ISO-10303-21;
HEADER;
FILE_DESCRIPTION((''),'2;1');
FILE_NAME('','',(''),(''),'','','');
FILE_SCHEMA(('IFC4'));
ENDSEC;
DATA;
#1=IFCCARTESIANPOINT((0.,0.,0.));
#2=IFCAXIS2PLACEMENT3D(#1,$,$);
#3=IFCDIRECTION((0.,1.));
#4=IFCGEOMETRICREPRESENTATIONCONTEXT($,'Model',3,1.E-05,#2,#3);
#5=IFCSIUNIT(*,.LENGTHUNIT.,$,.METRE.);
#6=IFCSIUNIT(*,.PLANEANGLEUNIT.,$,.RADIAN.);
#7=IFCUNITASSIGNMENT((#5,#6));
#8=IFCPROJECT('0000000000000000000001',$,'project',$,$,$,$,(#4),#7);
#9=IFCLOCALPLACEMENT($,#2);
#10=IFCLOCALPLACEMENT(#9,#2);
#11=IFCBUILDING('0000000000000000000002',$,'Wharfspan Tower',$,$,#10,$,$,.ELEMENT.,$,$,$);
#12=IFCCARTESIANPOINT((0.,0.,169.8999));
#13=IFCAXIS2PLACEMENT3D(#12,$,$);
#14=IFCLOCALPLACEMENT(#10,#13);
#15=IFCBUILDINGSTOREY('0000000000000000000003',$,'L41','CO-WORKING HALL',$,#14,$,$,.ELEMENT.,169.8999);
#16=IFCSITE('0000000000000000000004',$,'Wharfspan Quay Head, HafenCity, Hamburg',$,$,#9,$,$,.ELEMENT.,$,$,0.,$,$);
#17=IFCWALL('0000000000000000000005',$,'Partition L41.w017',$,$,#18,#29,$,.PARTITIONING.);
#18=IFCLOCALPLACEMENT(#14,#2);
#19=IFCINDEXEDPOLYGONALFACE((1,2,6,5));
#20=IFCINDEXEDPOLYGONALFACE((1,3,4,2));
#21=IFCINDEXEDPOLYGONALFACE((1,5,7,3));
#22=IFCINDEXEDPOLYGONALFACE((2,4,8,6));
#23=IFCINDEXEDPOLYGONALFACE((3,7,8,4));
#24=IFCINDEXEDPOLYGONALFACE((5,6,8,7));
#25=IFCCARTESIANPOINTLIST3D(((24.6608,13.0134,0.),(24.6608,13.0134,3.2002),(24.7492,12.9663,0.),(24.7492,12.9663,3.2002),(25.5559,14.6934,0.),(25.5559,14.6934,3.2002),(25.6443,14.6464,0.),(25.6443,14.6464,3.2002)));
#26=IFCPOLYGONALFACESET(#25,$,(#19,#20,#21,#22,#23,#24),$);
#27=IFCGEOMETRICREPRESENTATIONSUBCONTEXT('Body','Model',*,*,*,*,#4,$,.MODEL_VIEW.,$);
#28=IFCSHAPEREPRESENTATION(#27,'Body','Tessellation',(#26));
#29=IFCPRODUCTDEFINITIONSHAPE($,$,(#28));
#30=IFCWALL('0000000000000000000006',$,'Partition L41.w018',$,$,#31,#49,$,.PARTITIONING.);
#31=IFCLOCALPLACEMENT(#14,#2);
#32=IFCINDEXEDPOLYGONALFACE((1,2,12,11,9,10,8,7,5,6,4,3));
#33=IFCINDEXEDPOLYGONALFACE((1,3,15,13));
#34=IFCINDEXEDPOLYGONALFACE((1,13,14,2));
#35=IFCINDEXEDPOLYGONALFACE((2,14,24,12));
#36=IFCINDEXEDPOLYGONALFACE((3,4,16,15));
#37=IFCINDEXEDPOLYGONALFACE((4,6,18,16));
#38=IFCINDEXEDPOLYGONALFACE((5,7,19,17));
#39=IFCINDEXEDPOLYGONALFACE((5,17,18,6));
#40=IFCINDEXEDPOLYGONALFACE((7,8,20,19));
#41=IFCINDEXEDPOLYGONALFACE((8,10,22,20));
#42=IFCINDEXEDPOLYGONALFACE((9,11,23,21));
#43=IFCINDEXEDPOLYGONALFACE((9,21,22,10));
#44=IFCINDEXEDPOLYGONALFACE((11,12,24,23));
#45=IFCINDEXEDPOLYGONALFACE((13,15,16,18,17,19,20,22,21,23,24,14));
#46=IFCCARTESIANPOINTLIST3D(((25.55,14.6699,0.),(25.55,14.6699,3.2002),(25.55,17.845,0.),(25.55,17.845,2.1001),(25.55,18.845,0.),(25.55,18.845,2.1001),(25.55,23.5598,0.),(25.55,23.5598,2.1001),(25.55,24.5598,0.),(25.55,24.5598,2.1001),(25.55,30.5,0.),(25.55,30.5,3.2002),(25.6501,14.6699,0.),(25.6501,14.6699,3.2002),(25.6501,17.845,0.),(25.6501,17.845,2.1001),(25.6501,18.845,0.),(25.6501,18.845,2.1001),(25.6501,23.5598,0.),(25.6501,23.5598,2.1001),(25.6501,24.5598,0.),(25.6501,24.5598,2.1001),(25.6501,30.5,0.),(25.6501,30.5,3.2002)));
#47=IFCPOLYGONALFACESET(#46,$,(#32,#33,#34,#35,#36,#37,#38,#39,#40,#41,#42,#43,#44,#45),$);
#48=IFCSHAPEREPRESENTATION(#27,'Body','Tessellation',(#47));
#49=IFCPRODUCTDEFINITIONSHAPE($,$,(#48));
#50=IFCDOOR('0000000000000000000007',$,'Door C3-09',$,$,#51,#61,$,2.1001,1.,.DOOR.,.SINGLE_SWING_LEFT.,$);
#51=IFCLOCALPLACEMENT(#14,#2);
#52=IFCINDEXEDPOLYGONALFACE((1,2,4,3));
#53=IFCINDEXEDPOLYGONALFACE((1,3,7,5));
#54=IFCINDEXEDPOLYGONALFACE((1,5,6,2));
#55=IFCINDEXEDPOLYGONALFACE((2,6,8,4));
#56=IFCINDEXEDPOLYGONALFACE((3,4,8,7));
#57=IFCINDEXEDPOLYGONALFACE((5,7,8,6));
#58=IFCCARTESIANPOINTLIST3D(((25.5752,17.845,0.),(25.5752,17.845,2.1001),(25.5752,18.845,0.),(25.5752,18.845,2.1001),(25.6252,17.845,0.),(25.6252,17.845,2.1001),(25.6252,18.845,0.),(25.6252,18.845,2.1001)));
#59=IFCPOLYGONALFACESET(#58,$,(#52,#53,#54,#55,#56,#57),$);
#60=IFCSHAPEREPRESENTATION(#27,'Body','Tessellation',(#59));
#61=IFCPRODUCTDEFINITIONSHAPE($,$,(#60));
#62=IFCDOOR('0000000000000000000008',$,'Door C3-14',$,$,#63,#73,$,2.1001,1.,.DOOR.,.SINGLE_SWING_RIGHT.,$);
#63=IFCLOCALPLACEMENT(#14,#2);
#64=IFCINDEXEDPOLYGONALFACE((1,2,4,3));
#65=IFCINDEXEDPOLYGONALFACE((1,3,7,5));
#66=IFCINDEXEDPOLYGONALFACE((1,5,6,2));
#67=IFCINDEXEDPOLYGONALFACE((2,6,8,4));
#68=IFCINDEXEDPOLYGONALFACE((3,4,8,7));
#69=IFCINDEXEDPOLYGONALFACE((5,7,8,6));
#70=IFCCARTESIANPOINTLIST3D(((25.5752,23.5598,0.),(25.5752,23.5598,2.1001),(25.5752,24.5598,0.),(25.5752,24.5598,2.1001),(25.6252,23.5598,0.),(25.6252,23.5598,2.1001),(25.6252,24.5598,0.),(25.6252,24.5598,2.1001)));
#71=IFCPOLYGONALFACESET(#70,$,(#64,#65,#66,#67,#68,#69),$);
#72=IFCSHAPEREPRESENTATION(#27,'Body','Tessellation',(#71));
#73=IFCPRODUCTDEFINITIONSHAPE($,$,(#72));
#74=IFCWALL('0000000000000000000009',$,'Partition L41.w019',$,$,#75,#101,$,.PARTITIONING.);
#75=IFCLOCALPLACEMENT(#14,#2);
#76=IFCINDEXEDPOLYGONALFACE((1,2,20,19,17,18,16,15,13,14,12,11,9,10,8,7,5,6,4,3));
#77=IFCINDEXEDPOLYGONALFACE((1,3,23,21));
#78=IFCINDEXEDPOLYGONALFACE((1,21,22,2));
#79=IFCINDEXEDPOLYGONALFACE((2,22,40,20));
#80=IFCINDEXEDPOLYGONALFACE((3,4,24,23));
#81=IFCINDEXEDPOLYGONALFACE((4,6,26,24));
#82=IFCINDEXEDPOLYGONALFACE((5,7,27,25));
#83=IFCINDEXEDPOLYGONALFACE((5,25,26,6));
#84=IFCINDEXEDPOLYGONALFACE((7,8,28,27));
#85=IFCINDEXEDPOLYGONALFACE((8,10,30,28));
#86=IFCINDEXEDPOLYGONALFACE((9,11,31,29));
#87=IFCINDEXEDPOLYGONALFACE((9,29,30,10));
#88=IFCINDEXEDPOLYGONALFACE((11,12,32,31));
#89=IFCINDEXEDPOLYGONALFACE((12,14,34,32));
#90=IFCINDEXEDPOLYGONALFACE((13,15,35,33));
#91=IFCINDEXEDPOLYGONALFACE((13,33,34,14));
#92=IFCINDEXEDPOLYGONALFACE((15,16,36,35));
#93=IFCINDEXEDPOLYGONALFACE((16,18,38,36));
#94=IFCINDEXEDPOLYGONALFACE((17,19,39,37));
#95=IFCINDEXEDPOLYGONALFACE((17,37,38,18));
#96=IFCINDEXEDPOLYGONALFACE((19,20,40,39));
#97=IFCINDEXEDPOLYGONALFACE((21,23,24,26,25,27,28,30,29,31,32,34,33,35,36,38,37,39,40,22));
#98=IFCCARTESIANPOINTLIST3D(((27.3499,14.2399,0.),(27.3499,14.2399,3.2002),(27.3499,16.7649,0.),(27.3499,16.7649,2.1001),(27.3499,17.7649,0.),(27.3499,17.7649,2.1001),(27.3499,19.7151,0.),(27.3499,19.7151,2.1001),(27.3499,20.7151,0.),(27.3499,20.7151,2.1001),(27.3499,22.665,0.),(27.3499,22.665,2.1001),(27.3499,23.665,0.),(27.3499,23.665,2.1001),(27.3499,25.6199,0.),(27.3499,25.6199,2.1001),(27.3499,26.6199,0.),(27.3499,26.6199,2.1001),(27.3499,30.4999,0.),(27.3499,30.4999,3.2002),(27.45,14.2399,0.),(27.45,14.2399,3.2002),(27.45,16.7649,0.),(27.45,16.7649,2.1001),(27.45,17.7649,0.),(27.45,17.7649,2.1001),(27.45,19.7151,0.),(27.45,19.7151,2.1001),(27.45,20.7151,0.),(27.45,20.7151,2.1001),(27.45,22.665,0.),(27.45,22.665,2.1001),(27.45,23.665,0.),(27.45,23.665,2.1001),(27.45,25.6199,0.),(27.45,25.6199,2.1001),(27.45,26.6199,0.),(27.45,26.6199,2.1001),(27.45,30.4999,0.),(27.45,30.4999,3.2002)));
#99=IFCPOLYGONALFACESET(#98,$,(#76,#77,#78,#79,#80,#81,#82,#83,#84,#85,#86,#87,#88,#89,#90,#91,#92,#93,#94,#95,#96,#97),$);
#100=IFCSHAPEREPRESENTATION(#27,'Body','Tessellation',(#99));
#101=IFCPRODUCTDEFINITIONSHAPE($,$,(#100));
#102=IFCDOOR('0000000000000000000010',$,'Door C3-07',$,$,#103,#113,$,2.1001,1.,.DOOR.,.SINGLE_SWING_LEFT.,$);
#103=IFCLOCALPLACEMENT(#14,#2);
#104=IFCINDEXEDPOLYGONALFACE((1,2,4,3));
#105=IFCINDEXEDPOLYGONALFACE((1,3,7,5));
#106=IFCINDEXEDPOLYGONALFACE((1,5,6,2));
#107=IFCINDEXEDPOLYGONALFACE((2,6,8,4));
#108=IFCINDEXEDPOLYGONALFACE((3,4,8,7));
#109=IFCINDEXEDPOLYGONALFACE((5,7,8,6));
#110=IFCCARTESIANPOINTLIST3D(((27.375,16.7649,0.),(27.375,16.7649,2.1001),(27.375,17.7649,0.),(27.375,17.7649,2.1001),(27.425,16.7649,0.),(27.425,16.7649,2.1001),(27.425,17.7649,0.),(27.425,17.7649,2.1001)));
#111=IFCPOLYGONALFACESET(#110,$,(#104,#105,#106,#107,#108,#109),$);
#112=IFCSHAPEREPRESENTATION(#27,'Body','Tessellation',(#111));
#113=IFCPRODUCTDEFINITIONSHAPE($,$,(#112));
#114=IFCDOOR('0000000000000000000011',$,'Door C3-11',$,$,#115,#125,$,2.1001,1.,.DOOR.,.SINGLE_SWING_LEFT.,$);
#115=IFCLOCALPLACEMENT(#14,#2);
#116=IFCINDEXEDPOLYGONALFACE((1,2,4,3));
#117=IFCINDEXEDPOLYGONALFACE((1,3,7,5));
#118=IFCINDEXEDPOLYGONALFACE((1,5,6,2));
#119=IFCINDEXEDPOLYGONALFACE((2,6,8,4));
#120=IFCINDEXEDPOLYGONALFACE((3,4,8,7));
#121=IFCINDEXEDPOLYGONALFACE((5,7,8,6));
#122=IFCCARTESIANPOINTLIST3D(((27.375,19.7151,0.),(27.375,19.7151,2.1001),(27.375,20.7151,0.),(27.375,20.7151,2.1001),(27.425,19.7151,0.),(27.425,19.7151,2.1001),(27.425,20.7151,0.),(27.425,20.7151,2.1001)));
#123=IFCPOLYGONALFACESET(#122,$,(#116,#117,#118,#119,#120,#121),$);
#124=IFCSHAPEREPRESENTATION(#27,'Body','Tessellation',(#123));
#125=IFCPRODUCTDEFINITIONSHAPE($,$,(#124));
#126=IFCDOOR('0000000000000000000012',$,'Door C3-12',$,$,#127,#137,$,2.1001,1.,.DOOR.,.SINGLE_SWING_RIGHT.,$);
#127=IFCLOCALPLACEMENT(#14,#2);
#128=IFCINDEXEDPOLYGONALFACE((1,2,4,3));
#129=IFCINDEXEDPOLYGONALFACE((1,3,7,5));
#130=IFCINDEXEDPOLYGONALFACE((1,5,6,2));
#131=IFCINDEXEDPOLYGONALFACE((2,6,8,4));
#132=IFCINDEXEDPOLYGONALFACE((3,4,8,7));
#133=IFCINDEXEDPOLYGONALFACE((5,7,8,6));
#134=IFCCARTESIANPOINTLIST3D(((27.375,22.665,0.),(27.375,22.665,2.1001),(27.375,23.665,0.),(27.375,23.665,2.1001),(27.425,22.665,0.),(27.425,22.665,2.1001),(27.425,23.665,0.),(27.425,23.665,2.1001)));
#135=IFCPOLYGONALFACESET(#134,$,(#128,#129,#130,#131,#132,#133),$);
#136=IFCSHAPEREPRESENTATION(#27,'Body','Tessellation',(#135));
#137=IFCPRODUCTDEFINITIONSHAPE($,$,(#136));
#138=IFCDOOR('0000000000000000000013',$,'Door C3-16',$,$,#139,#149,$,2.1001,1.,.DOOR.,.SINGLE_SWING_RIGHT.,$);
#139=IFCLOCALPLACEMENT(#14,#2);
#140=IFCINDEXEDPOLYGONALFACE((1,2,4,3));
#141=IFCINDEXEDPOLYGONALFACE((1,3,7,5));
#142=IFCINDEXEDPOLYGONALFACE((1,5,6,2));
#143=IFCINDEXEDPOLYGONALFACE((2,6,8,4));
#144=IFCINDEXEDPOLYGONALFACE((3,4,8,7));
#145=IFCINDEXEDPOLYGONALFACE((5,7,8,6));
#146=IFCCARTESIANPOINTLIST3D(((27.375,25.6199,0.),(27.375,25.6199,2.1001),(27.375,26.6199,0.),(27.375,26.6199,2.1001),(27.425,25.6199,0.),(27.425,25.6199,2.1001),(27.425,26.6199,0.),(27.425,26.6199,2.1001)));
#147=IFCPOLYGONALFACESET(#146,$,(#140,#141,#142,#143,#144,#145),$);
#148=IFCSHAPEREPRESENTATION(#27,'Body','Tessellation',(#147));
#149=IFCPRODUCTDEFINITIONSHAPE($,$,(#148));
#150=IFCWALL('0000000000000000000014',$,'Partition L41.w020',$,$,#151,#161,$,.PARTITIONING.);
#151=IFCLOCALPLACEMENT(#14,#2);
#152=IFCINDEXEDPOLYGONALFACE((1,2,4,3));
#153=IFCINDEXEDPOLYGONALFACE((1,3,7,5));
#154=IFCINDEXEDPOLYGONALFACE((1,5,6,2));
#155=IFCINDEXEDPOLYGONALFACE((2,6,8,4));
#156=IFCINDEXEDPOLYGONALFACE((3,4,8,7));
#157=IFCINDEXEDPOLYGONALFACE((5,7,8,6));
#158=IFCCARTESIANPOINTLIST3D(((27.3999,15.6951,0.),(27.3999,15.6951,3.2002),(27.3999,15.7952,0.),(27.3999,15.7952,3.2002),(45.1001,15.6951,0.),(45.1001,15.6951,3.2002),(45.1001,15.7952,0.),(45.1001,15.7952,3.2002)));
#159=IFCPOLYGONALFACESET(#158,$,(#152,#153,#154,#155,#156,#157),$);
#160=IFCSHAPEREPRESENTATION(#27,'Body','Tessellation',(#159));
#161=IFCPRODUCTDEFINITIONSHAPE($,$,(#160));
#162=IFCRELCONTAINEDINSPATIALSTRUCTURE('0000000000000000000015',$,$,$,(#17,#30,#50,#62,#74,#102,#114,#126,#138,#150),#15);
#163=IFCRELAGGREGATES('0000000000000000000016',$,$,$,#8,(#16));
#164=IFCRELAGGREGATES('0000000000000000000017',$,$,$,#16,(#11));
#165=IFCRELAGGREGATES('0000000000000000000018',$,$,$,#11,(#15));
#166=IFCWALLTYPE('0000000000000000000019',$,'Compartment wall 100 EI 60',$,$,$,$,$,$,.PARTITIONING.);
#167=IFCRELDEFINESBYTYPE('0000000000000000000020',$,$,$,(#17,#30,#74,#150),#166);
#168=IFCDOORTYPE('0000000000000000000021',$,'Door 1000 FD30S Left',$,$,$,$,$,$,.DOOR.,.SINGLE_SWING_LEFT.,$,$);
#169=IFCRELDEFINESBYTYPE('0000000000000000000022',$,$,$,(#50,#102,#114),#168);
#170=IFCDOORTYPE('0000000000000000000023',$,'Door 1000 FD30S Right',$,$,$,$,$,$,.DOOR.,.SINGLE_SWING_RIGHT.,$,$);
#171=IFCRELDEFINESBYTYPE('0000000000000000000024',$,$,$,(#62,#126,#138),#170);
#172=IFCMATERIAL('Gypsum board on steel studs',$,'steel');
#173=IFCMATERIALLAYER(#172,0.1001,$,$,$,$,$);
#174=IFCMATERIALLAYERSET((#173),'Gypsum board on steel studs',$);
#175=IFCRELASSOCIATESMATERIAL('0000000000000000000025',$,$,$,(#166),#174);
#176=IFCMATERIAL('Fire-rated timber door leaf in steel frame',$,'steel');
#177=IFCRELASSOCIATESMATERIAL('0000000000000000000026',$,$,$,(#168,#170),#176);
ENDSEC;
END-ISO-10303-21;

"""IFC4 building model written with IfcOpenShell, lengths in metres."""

from ifc_helpers import new_model, si_unit, direction, frame, frame_2d, origin, place, context, subcontext, project, spatial, rectangle, extrude, material, layer, layer_set, type_object, element, fill, save


model = new_model("IFC4")

# Units and contexts
model_context = context("Model", 3, precision=1e-05, world=origin(), true_north=direction((0.0, 1.0)))
body_context = subcontext(model_context, "Body", "Model", "MODEL_VIEW")
ifc_project = project(units=[si_unit("LENGTHUNIT", "METRE"), si_unit("PLANEANGLEUNIT", "RADIAN")], contexts=[model_context])

# Site, building, storey
site_placement = place(None, origin())
site = spatial("IfcSite", under=ifc_project, at=site_placement, Name="Wharfspan Quay Head, HafenCity, Hamburg", CompositionType="ELEMENT", RefElevation=0.0)
building_placement = place(site_placement, origin())
building = spatial("IfcBuilding", under=site, at=building_placement, Name="Wharfspan Tower", CompositionType="ELEMENT")
storey_placement = place(building_placement, frame((0.0, 0.0, 169.8999)))
storey = spatial("IfcBuildingStorey", under=building, at=storey_placement, Name="L41", Description="CO-WORKING HALL", CompositionType="ELEMENT", Elevation=169.8999)

# Shared definitions
ifc_material_1 = material(Name="Gypsum board on steel studs", Category="steel")
ifc_layer_1 = layer(ifc_material_1, 0.1001)
ifc_layer_set_1 = layer_set([ifc_layer_1], Name="Gypsum board on steel studs")
wall_type_1 = type_object("IfcWallType", Name="Compartment wall 100 EI 60", PredefinedType="PARTITIONING", material=ifc_layer_set_1)

# Shared definitions
ifc_material_2 = material(Name="Fire-rated timber door leaf in steel frame", Category="steel")

# Wall
wall_1_placement = place(storey_placement, frame((24.7051, 12.99, 0.0), z_axis=(0.0, 0.0, 1.0), x_axis=(0.4702, 0.882555, 0.0)))
element("IfcWall", 1, at=wall_1_placement, inside=storey, type_object=wall_type_1, Name="Partition L41.w017", PredefinedType="PARTITIONING", context=body_context, shape_type="SweptSolid", body=[
    extrude(rectangle(XDim=1.9036, YDim=0.1001, at=frame_2d((0.9517, 0.0))), origin(), (0.0, 0.0, 1.0), 3.2002),
])

# Walls, openings, doors
wall_2_placement = place(storey_placement, frame((25.6001, 14.6699, 0.0), z_axis=(0.0, 0.0, 1.0), x_axis=(0.0, 1.0, 0.0)))
wall_2 = element("IfcWall", 2, at=wall_2_placement, inside=storey, type_object=wall_type_1, Name="Partition L41.w018", PredefinedType="PARTITIONING", context=body_context, shape_type="SweptSolid", body=[
    extrude(rectangle(XDim=15.8301, YDim=0.1001, at=frame_2d((7.915, 0.0))), origin(), (0.0, 0.0, 1.0), 3.2002),
])
opening_1_placement = place(wall_2_placement, frame((3.175, 0.0, 0.0)))
opening_1 = element("IfcOpeningElement", 3, at=opening_1_placement, cuts=wall_2, PredefinedType="OPENING", context=body_context, shape_type="SweptSolid", body=[
    extrude(rectangle(XDim=1.0, YDim=2.1001, at=frame_2d((0.5, 1.05))), frame((0.0, 0.0601, 0.0), z_axis=(0.0, -1.0, 0.0), x_axis=(1.0, 0.0, 0.0)), (0.0, 0.0, 1.0), 0.1201),
])
opening_2_placement = place(wall_2_placement, frame((8.8899, 0.0, 0.0)))
opening_2 = element("IfcOpeningElement", 4, at=opening_2_placement, cuts=wall_2, PredefinedType="OPENING", context=body_context, shape_type="SweptSolid", body=[
    extrude(rectangle(XDim=1.0, YDim=2.1001, at=frame_2d((0.5, 1.05))), frame((0.0, 0.0601, 0.0), z_axis=(0.0, -1.0, 0.0), x_axis=(1.0, 0.0, 0.0)), (0.0, 0.0, 1.0), 0.1201),
])
door_type_1 = type_object("IfcDoorType", Name="Door 1000 FD30S Left", OperationType="SINGLE_SWING_LEFT", PredefinedType="DOOR", material=ifc_material_2)
door_1_placement = place(opening_1_placement, origin())
door_1 = element("IfcDoor", 5, at=door_1_placement, inside=storey, type_object=door_type_1, Name="Door C3-09", OperationType="SINGLE_SWING_LEFT", OverallHeight=2.1001, OverallWidth=1.0, PredefinedType="DOOR", context=body_context, shape_type="SweptSolid", body=[
    extrude(rectangle(XDim=1.0, YDim=2.1001, at=frame_2d((0.5, 1.05))), frame((0.0, 0.0249, 0.0), z_axis=(0.0, -1.0, 0.0), x_axis=(1.0, 0.0, 0.0)), (0.0, 0.0, 1.0), 0.05),
])
fill(opening_1, door_1)
door_type_2 = type_object("IfcDoorType", Name="Door 1000 FD30S Right", OperationType="SINGLE_SWING_RIGHT", PredefinedType="DOOR", material=ifc_material_2)
door_2_placement = place(opening_2_placement, origin())
door_2 = element("IfcDoor", 6, at=door_2_placement, inside=storey, type_object=door_type_2, Name="Door C3-14", OperationType="SINGLE_SWING_RIGHT", OverallHeight=2.1001, OverallWidth=1.0, PredefinedType="DOOR", context=body_context, shape_type="SweptSolid", body=[
    extrude(rectangle(XDim=1.0, YDim=2.1001, at=frame_2d((0.5, 1.05))), frame((0.0, 0.0249, 0.0), z_axis=(0.0, -1.0, 0.0), x_axis=(1.0, 0.0, 0.0)), (0.0, 0.0, 1.0), 0.05),
])
fill(opening_2, door_2)
wall_3_placement = place(storey_placement, frame((27.3999, 14.24, 0.0), z_axis=(0.0, 0.0, 1.0), x_axis=(0.0, 1.0, 0.0)))
wall_3 = element("IfcWall", 7, at=wall_3_placement, inside=storey, type_object=wall_type_1, Name="Partition L41.w019", PredefinedType="PARTITIONING", context=body_context, shape_type="SweptSolid", body=[
    extrude(rectangle(XDim=16.26, YDim=0.1001, at=frame_2d((8.1299, 0.0))), origin(), (0.0, 0.0, 1.0), 3.2002),
])
opening_3_placement = place(wall_3_placement, frame((2.5249, 0.0, 0.0)))
opening_3 = element("IfcOpeningElement", 8, at=opening_3_placement, cuts=wall_3, PredefinedType="OPENING", context=body_context, shape_type="SweptSolid", body=[
    extrude(rectangle(XDim=1.0, YDim=2.1001, at=frame_2d((0.5, 1.05))), frame((0.0, 0.0601, 0.0), z_axis=(0.0, -1.0, 0.0), x_axis=(1.0, 0.0, 0.0)), (0.0, 0.0, 1.0), 0.1201),
])
opening_4_placement = place(wall_3_placement, frame((5.4751, 0.0, 0.0)))
opening_4 = element("IfcOpeningElement", 9, at=opening_4_placement, cuts=wall_3, PredefinedType="OPENING", context=body_context, shape_type="SweptSolid", body=[
    extrude(rectangle(XDim=1.0, YDim=2.1001, at=frame_2d((0.5, 1.05))), frame((0.0, 0.0601, 0.0), z_axis=(0.0, -1.0, 0.0), x_axis=(1.0, 0.0, 0.0)), (0.0, 0.0, 1.0), 0.1201),
])
opening_5_placement = place(wall_3_placement, frame((8.425, 0.0, 0.0)))
opening_5 = element("IfcOpeningElement", 10, at=opening_5_placement, cuts=wall_3, PredefinedType="OPENING", context=body_context, shape_type="SweptSolid", body=[
    extrude(rectangle(XDim=1.0, YDim=2.1001, at=frame_2d((0.5, 1.05))), frame((0.0, 0.0601, 0.0), z_axis=(0.0, -1.0, 0.0), x_axis=(1.0, 0.0, 0.0)), (0.0, 0.0, 1.0), 0.1201),
])
opening_6_placement = place(wall_3_placement, frame((11.3799, 0.0, 0.0)))
opening_6 = element("IfcOpeningElement", 11, at=opening_6_placement, cuts=wall_3, PredefinedType="OPENING", context=body_context, shape_type="SweptSolid", body=[
    extrude(rectangle(XDim=1.0, YDim=2.1001, at=frame_2d((0.5, 1.05))), frame((0.0, 0.0601, 0.0), z_axis=(0.0, -1.0, 0.0), x_axis=(1.0, 0.0, 0.0)), (0.0, 0.0, 1.0), 0.1201),
])
door_3_placement = place(opening_3_placement, origin())
door_3 = element("IfcDoor", 12, at=door_3_placement, inside=storey, type_object=door_type_1, Name="Door C3-07", OperationType="SINGLE_SWING_LEFT", OverallHeight=2.1001, OverallWidth=1.0, PredefinedType="DOOR", context=body_context, shape_type="SweptSolid", body=[
    extrude(rectangle(XDim=1.0, YDim=2.1001, at=frame_2d((0.5, 1.05))), frame((0.0, 0.0249, 0.0), z_axis=(0.0, -1.0, 0.0), x_axis=(1.0, 0.0, 0.0)), (0.0, 0.0, 1.0), 0.05),
])
fill(opening_3, door_3)
door_4_placement = place(opening_4_placement, origin())
door_4 = element("IfcDoor", 13, at=door_4_placement, inside=storey, type_object=door_type_1, Name="Door C3-11", OperationType="SINGLE_SWING_LEFT", OverallHeight=2.1001, OverallWidth=1.0, PredefinedType="DOOR", context=body_context, shape_type="SweptSolid", body=[
    extrude(rectangle(XDim=1.0, YDim=2.1001, at=frame_2d((0.5, 1.05))), frame((0.0, 0.0249, 0.0), z_axis=(0.0, -1.0, 0.0), x_axis=(1.0, 0.0, 0.0)), (0.0, 0.0, 1.0), 0.05),
])
fill(opening_4, door_4)
door_5_placement = place(opening_5_placement, origin())
door_5 = element("IfcDoor", 14, at=door_5_placement, inside=storey, type_object=door_type_2, Name="Door C3-12", OperationType="SINGLE_SWING_RIGHT", OverallHeight=2.1001, OverallWidth=1.0, PredefinedType="DOOR", context=body_context, shape_type="SweptSolid", body=[
    extrude(rectangle(XDim=1.0, YDim=2.1001, at=frame_2d((0.5, 1.05))), frame((0.0, 0.0249, 0.0), z_axis=(0.0, -1.0, 0.0), x_axis=(1.0, 0.0, 0.0)), (0.0, 0.0, 1.0), 0.05),
])
fill(opening_5, door_5)
door_6_placement = place(opening_6_placement, origin())
door_6 = element("IfcDoor", 15, at=door_6_placement, inside=storey, type_object=door_type_2, Name="Door C3-16", OperationType="SINGLE_SWING_RIGHT", OverallHeight=2.1001, OverallWidth=1.0, PredefinedType="DOOR", context=body_context, shape_type="SweptSolid", body=[
    extrude(rectangle(XDim=1.0, YDim=2.1001, at=frame_2d((0.5, 1.05))), frame((0.0, 0.0249, 0.0), z_axis=(0.0, -1.0, 0.0), x_axis=(1.0, 0.0, 0.0)), (0.0, 0.0, 1.0), 0.05),
])
fill(opening_6, door_6)

# Wall
wall_4_placement = place(storey_placement, frame((27.3999, 15.7451, 0.0), z_axis=(0.0, 0.0, 1.0), x_axis=(1.0, 0.0, 0.0)))
element("IfcWall", 16, at=wall_4_placement, inside=storey, type_object=wall_type_1, Name="Partition L41.w020", PredefinedType="PARTITIONING", context=body_context, shape_type="SweptSolid", body=[
    extrude(rectangle(XDim=17.7002, YDim=0.1001, at=frame_2d((8.8501, 0.0))), origin(), (0.0, 0.0, 1.0), 3.2002),
])

save(model, "model.ifc")
